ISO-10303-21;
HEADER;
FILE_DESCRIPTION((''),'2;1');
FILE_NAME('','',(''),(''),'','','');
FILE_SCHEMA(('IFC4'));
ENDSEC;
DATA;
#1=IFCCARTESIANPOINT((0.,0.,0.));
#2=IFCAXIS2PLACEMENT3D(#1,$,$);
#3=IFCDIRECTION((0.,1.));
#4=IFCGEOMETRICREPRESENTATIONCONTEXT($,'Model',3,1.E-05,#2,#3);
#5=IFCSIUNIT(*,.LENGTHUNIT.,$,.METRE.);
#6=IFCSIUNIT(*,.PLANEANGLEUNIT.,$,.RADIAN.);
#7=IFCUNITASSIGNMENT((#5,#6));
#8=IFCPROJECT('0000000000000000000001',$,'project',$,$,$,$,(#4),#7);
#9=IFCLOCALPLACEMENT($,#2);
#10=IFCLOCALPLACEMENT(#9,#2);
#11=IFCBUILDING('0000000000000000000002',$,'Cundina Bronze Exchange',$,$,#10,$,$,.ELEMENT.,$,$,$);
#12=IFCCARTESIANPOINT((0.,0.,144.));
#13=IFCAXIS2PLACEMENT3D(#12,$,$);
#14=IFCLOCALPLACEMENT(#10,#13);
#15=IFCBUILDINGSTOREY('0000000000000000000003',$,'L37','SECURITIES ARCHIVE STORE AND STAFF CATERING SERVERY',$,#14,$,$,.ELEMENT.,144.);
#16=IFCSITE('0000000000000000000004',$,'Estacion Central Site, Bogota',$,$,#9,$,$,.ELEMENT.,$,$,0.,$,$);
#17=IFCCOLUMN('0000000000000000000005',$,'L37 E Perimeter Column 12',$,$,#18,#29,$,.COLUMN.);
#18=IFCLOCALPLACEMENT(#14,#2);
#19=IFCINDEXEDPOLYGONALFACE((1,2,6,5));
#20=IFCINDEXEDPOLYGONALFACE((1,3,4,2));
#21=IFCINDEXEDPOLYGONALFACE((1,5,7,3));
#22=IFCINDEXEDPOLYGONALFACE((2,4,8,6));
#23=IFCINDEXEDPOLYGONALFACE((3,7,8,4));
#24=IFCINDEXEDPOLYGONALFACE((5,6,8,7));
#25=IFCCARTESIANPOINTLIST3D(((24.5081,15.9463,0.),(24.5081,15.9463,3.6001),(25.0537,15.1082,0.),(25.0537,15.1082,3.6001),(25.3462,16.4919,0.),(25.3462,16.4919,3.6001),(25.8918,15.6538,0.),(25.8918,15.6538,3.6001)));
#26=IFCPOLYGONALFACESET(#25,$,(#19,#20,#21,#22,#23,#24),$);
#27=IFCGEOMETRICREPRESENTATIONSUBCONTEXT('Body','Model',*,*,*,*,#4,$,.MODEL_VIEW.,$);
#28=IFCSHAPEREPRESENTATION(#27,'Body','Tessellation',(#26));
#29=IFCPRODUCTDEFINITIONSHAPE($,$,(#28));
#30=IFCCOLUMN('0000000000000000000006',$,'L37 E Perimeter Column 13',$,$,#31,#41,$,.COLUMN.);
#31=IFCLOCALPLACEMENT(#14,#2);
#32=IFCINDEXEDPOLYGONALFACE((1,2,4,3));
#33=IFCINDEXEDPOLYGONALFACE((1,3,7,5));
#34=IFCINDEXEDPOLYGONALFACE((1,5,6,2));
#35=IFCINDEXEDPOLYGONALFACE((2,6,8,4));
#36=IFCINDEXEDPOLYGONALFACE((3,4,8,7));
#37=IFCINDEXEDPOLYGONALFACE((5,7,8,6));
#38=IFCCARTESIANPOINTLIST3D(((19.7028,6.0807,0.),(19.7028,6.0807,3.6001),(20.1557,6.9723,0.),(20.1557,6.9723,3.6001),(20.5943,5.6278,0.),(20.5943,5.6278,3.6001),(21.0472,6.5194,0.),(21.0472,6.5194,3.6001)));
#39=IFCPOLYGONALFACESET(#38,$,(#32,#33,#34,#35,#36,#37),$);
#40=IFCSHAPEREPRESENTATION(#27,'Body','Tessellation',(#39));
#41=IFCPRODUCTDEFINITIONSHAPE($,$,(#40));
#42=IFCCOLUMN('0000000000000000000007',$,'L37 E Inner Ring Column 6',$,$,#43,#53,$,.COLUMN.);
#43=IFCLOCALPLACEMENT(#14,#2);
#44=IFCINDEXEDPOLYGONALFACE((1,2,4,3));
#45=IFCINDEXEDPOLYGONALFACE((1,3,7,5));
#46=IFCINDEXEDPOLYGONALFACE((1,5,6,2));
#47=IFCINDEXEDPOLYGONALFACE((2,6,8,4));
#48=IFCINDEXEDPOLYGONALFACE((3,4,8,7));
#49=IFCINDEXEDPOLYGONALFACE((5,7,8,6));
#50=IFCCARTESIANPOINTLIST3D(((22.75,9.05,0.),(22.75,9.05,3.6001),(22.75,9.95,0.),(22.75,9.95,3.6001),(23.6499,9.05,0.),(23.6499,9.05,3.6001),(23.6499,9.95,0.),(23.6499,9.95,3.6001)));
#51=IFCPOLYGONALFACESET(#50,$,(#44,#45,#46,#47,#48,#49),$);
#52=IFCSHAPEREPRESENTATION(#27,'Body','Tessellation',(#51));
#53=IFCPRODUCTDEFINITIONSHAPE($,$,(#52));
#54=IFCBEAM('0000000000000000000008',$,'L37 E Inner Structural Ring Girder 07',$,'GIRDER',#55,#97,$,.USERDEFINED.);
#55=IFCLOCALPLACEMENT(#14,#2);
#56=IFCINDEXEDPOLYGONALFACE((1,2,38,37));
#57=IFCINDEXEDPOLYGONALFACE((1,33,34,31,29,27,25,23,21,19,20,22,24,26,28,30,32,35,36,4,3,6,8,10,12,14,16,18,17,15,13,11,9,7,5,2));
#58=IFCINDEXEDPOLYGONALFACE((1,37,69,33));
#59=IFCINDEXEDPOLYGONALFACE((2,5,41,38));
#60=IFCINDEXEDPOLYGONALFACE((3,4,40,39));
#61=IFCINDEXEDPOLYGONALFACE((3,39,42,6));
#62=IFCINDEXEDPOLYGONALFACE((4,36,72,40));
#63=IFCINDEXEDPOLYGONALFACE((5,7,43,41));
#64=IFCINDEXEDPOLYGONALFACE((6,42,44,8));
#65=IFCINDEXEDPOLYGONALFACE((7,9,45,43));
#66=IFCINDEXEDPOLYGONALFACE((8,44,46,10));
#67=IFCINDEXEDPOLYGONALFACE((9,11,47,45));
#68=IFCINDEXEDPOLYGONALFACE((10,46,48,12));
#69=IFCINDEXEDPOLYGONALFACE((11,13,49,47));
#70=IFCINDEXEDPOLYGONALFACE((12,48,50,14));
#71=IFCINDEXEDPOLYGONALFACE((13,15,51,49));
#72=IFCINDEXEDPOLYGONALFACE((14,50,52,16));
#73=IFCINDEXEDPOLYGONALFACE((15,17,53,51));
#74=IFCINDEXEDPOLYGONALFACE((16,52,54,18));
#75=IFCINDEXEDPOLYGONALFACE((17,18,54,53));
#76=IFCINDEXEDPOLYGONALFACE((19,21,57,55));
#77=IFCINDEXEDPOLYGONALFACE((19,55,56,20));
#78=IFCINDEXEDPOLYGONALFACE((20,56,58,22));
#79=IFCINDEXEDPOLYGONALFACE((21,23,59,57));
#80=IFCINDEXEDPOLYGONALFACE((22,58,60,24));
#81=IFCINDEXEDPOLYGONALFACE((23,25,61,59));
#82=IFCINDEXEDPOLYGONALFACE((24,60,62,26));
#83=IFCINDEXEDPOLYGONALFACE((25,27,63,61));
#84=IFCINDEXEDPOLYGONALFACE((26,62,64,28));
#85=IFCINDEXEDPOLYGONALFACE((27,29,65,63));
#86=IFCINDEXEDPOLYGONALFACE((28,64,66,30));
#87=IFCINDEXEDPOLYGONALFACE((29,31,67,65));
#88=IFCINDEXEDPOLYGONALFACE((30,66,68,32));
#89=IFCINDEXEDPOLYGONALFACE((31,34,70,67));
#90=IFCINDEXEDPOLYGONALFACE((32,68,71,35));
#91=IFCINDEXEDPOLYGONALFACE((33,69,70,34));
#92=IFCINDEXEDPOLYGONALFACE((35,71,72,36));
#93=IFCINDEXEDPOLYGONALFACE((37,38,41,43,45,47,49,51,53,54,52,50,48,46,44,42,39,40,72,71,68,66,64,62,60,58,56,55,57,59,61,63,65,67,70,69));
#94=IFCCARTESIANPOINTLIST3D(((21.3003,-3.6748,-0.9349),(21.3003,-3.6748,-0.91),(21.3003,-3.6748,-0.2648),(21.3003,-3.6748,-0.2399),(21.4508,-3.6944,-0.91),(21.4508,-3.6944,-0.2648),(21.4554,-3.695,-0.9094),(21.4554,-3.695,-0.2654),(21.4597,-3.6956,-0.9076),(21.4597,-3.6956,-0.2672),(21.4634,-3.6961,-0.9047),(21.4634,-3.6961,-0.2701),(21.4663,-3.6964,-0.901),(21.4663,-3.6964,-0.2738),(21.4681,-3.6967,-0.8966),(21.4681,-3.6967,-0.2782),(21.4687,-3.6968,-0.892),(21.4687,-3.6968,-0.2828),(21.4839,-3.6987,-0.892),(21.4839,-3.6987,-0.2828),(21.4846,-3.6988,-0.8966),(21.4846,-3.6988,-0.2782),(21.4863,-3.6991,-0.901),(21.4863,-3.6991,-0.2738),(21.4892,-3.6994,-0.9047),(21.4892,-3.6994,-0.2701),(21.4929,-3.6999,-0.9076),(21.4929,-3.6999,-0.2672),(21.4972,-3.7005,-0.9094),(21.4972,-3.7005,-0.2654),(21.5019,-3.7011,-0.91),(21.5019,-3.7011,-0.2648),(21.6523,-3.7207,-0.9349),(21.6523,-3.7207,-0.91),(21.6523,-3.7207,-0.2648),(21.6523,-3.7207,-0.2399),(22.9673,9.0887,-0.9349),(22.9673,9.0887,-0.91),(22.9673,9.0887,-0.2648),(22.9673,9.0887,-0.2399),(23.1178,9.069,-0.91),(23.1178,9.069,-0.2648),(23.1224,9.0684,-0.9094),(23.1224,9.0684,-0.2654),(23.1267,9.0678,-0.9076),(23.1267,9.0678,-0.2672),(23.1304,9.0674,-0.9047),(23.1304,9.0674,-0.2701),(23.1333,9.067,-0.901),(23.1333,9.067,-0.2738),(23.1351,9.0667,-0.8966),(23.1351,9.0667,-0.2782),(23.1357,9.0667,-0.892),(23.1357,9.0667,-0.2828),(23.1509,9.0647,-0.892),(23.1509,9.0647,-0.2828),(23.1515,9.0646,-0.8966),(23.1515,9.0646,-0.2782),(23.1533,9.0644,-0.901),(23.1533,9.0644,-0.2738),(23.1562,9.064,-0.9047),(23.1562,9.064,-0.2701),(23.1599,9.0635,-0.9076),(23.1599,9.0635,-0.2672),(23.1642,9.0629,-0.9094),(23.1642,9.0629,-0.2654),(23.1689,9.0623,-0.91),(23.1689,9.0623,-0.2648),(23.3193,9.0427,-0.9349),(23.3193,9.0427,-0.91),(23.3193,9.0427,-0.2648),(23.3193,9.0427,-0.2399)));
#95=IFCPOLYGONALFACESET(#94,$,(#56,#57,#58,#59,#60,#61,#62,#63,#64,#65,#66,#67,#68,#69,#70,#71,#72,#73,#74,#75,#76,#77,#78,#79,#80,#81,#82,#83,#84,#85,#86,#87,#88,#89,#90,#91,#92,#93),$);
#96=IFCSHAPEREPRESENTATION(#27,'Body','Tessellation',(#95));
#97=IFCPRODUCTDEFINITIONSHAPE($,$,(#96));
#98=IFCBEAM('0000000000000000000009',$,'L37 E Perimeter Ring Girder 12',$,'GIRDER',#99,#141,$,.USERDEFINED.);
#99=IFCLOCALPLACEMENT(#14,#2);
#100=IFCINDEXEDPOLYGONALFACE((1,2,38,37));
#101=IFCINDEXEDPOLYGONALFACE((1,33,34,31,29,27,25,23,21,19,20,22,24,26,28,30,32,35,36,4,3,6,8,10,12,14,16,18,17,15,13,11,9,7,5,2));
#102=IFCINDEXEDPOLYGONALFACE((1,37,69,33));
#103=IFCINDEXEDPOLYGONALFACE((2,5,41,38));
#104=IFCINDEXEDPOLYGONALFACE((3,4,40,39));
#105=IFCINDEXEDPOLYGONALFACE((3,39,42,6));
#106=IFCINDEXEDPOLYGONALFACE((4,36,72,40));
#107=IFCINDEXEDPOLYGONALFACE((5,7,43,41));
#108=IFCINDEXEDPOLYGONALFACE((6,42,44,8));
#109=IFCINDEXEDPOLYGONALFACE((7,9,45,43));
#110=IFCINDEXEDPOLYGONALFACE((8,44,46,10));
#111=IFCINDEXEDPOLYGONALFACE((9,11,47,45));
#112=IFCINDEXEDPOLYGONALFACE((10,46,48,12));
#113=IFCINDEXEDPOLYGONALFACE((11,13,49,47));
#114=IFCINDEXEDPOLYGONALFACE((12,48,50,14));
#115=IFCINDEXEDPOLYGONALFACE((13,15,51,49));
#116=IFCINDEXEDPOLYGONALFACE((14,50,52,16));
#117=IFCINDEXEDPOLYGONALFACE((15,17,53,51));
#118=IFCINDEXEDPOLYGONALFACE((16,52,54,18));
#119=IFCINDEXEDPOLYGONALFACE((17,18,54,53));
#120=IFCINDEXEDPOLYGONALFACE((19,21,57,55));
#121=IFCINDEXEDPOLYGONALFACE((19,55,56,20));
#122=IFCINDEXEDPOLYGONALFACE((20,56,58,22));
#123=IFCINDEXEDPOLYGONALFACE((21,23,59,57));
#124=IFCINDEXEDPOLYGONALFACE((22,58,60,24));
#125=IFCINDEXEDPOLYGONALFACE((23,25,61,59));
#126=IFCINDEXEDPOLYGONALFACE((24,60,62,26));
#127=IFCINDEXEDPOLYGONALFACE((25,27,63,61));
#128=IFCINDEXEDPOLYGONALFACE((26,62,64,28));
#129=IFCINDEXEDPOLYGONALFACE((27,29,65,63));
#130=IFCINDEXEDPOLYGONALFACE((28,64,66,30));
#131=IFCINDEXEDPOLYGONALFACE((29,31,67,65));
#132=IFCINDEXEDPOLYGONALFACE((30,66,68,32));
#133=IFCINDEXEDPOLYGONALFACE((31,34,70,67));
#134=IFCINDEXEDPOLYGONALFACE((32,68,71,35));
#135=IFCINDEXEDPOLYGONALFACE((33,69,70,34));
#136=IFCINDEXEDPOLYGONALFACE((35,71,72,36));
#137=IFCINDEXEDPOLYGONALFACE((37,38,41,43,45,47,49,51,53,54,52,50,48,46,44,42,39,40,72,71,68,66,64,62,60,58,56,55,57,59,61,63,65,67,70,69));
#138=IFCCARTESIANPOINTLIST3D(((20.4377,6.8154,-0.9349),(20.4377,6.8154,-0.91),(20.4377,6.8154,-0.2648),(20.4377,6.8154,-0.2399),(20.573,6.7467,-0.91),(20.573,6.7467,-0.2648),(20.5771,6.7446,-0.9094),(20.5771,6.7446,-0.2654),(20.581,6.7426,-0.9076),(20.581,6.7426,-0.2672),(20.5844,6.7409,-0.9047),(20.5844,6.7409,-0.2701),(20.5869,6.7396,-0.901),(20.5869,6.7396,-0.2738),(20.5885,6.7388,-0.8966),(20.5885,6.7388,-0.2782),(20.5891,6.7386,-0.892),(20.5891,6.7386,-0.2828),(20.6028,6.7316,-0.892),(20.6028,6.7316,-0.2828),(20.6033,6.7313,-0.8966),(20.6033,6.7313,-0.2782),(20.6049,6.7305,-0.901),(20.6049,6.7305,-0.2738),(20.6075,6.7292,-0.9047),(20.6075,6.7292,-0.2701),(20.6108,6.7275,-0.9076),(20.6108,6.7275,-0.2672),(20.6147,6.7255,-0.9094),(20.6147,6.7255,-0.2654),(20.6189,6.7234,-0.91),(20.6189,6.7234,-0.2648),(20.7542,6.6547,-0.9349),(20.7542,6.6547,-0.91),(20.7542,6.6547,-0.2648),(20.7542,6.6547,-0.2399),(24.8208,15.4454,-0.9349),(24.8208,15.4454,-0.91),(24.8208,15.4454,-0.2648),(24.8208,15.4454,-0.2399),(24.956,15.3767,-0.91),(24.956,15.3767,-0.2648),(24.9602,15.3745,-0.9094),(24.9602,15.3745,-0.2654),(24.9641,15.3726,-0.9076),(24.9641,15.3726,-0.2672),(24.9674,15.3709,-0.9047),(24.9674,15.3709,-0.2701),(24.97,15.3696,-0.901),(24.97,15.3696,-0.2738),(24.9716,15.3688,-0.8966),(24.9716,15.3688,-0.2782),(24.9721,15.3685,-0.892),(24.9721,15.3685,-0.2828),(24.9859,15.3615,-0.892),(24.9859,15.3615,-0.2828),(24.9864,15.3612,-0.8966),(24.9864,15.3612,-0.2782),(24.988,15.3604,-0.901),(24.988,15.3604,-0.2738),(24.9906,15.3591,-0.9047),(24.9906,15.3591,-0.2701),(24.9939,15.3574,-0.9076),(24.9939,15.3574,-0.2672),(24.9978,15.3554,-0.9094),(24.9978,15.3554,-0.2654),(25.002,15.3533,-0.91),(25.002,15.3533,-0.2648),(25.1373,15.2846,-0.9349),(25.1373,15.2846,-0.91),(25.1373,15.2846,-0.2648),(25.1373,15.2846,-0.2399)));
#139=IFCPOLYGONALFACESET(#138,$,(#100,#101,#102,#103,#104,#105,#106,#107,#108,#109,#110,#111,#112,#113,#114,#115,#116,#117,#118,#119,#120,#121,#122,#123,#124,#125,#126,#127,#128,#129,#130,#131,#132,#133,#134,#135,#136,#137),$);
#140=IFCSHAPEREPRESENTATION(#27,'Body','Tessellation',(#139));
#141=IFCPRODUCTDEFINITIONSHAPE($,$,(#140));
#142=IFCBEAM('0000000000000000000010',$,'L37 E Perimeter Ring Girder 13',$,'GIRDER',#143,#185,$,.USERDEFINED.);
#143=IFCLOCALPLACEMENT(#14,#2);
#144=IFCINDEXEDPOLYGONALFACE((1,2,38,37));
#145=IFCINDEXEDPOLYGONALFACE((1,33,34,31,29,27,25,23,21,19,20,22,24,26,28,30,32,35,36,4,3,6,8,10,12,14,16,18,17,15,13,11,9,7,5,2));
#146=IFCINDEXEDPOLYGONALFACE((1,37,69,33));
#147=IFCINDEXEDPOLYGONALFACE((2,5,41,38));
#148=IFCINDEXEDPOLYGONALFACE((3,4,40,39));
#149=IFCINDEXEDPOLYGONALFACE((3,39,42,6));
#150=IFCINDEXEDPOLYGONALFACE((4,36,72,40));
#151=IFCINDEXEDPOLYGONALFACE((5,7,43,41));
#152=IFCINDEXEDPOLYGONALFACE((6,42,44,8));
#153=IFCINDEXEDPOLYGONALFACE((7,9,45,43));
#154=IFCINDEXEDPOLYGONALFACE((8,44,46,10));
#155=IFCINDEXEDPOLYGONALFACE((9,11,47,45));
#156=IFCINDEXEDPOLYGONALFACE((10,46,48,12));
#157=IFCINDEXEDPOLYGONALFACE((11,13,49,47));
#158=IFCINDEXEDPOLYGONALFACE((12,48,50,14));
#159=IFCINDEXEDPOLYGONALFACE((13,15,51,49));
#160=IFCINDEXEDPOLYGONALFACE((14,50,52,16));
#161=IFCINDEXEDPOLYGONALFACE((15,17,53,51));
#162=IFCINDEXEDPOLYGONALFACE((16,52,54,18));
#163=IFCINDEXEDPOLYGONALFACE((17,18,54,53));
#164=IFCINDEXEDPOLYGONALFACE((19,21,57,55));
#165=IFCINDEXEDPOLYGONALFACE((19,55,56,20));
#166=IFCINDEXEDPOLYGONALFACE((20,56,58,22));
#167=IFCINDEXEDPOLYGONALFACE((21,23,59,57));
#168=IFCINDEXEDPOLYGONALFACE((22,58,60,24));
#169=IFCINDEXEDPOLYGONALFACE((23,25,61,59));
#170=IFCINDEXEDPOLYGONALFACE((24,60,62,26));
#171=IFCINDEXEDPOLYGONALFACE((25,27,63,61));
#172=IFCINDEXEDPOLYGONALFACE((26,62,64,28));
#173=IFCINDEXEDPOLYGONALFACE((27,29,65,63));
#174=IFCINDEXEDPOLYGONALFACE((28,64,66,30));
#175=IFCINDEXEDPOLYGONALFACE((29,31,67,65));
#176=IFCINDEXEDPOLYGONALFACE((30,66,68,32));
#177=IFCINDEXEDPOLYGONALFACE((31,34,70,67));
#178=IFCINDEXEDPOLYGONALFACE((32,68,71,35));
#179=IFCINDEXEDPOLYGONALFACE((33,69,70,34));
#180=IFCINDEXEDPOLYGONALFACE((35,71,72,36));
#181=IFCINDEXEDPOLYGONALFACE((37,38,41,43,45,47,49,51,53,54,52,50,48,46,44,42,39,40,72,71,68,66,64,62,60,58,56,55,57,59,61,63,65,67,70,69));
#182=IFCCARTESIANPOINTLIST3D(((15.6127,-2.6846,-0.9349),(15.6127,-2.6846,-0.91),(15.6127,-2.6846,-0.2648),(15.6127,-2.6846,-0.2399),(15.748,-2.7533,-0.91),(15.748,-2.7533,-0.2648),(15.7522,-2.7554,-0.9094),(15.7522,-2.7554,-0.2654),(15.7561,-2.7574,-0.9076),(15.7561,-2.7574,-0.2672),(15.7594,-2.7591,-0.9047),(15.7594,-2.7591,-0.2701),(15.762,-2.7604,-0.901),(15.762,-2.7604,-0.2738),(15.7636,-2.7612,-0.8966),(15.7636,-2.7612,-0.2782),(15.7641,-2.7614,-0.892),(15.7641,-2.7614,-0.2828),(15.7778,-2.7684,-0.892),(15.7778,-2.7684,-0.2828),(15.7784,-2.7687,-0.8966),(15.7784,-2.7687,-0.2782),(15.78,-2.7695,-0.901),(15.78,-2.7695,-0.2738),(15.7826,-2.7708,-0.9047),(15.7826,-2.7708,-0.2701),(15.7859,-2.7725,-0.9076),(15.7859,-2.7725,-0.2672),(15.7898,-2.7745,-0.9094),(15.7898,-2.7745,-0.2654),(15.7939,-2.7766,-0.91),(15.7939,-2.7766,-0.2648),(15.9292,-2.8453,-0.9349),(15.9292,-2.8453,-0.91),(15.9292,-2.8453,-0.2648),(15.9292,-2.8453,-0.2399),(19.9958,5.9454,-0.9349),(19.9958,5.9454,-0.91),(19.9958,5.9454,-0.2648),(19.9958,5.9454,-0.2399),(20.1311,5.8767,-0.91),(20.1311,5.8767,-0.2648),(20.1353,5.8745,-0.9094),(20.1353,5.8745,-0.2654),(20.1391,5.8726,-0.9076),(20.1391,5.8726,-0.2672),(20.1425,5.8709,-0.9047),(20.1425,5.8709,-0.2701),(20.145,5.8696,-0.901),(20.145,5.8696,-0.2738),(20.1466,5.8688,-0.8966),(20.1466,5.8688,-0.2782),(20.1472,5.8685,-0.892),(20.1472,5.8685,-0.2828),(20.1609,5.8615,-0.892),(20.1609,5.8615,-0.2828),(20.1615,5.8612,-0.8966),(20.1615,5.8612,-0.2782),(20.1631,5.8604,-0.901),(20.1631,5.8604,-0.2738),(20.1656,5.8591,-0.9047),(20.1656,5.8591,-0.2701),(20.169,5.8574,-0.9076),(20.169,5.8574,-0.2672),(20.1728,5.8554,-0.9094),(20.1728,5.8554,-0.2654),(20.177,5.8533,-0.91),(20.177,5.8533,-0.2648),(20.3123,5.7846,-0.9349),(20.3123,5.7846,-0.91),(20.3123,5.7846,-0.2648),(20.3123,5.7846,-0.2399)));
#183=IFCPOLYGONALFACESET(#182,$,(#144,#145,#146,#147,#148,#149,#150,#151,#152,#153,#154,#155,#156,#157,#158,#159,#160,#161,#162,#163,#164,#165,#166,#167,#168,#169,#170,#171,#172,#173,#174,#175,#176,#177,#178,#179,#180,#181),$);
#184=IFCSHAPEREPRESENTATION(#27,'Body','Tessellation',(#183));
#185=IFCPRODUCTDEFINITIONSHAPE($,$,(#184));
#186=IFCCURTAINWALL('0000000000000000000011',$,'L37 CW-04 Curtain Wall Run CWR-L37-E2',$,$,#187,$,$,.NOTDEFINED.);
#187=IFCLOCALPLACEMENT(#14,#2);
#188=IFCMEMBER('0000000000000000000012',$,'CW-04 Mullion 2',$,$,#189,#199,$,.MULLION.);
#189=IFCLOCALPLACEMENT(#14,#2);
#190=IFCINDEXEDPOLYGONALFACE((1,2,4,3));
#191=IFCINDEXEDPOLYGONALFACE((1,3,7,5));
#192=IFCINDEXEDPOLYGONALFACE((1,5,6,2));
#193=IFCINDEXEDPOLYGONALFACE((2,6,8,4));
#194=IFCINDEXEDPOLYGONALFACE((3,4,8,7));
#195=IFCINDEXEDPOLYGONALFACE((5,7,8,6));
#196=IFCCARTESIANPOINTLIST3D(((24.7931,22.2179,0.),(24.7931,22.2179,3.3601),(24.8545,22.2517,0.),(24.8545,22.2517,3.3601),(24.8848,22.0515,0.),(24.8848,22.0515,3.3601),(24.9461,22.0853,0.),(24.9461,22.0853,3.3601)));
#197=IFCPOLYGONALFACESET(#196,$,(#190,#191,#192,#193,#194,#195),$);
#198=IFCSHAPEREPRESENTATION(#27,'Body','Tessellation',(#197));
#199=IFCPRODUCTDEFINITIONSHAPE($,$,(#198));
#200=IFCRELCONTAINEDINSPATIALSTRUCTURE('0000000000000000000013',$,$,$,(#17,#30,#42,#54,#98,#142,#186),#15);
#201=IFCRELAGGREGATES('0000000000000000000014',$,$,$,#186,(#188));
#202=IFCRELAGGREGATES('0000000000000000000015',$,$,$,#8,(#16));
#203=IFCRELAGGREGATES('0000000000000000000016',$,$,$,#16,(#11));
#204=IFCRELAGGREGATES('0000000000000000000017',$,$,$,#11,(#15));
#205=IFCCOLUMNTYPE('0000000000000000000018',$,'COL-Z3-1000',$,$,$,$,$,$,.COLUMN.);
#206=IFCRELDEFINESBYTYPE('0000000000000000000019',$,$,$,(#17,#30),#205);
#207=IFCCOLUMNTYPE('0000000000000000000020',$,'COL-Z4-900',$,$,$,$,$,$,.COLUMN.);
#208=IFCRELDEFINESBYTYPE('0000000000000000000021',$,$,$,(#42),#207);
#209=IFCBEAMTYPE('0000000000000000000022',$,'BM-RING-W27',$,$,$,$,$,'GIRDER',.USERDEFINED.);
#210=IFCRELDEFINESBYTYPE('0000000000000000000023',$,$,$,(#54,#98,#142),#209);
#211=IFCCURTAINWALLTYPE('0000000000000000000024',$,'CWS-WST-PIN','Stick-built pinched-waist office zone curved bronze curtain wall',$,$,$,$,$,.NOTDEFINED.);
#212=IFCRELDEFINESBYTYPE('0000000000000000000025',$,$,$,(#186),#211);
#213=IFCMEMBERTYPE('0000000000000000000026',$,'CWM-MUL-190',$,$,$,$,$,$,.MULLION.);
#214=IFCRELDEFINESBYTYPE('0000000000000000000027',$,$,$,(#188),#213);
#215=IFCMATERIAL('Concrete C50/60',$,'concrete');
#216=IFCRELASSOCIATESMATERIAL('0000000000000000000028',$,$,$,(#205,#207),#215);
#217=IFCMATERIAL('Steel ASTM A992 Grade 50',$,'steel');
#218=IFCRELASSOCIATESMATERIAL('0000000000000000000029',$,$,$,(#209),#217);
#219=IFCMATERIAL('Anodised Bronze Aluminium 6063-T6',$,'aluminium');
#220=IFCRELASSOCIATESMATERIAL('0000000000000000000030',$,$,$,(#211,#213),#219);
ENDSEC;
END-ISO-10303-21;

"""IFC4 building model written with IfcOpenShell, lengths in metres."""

from ifc_helpers import new_model, si_unit, direction, frame, origin, origin_2d, place, context, subcontext, project, spatial, rectangle, i_section, extrude, material, material_profile, profile_set, type_object, element, aggregate, save


model = new_model("IFC4")

# Units and contexts
model_context = context("Model", 3, precision=1e-05, world=origin(), true_north=direction((0.0, 1.0)))
body_context = subcontext(model_context, "Body", "Model", "MODEL_VIEW")
ifc_project = project(units=[si_unit("LENGTHUNIT", "METRE"), si_unit("PLANEANGLEUNIT", "RADIAN")], contexts=[model_context])

# Site, building, storey
site_placement = place(None, origin())
site = spatial("IfcSite", under=ifc_project, at=site_placement, Name="Estacion Central Site, Bogota", CompositionType="ELEMENT", RefElevation=0.0)
building_placement = place(site_placement, origin())
building = spatial("IfcBuilding", under=site, at=building_placement, Name="Cundina Bronze Exchange", CompositionType="ELEMENT")
storey_placement = place(building_placement, frame((0.0, 0.0, 144.0)))
storey = spatial("IfcBuildingStorey", under=building, at=storey_placement, Name="L37", Description="SECURITIES ARCHIVE STORE AND STAFF CATERING SERVERY", CompositionType="ELEMENT", Elevation=144.0)

# Columns
ifc_material_1 = material(Name="Concrete C50/60", Category="concrete")
ifc_material_profile_1 = material_profile(ifc_material_1, rectangle(XDim=1.0, YDim=1.0, at=origin_2d()), Name="RC1000X1000", Category="concrete")
ifc_profile_set_1 = profile_set([ifc_material_profile_1], Name="Concrete C50/60")
column_type_1 = type_object("IfcColumnType", Name="COL-Z3-1000", PredefinedType="COLUMN", material=ifc_profile_set_1)
for number, where, z_axis, x_axis, name in (
    (1, (25.2, 15.8, 0.0), (0.0, 0.0, 1.0), (-0.8381, -0.545517, 0.0), "L37 E Perimeter Column 12"),
    (2, (20.375, 6.3, 0.0), (0.0, 0.0, 1.0), (-0.452902, -0.891561, 0.0), "L37 E Perimeter Column 13"),
):
    element("IfcColumn", number, at=place(storey_placement, frame(where, z_axis=z_axis, x_axis=x_axis)), inside=storey, type_object=column_type_1, Name=name, PredefinedType="COLUMN", context=body_context, shape_type="SweptSolid", body=[
        extrude(rectangle(XDim=1.0, YDim=1.0, at=origin_2d()), origin(), (0.0, 0.0, 1.0), 3.6001),
    ])
ifc_material_profile_2 = material_profile(ifc_material_1, rectangle(XDim=0.8999, YDim=0.8999, at=origin_2d()), Name="RC900X900", Category="concrete")
ifc_profile_set_2 = profile_set([ifc_material_profile_2], Name="Concrete C50/60")
column_type_2 = type_object("IfcColumnType", Name="COL-Z4-900", PredefinedType="COLUMN", material=ifc_profile_set_2)
column_placement = place(storey_placement, frame((23.2, 9.5, 0.0), z_axis=(0.0, 0.0, 1.0), x_axis=(1.0, 0.0, 0.0)))
element("IfcColumn", 3, at=column_placement, inside=storey, type_object=column_type_2, Name="L37 E Inner Ring Column 6", PredefinedType="COLUMN", context=body_context, shape_type="SweptSolid", body=[
    extrude(rectangle(XDim=0.8999, YDim=0.8999, at=origin_2d()), origin(), (0.0, 0.0, 1.0), 3.6001),
])

# Beams
ifc_material_2 = material(Name="Steel ASTM A992 Grade 50", Category="steel")
ifc_material_profile_3 = material_profile(ifc_material_2, i_section(OverallWidth=0.355, OverallDepth=0.6951, WebThickness=0.0154, FlangeThickness=0.0249, FilletRadius=0.0181, at=origin_2d()), Name="W27X146", Category="steel")
ifc_profile_set_3 = profile_set([ifc_material_profile_3], Name="Steel ASTM A992 Grade 50")
beam_type = type_object("IfcBeamType", Name="BM-RING-W27", ElementType="GIRDER", PredefinedType="USERDEFINED", material=ifc_profile_set_3)
beam_placement = place(storey_placement, frame((23.1433, 9.0657, -0.5874), z_axis=(-0.129507, -0.991579, 0.0), x_axis=(0.991579, -0.129507, 0.0)))
element("IfcBeam", 4, at=beam_placement, inside=storey, type_object=beam_type, Name="L37 E Inner Structural Ring Girder 07", ObjectType="GIRDER", PredefinedType="USERDEFINED", context=body_context, shape_type="SweptSolid", body=[
    extrude(i_section(OverallWidth=0.355, OverallDepth=0.6951, WebThickness=0.0154, FlangeThickness=0.0249, FilletRadius=0.0181, at=origin_2d()), origin(), (0.0, 0.0, 1.0), 12.8718),
])
for number, where, z_axis, x_axis, name in (
    (5, (24.979, 15.365, -0.5874), (-0.452835, -0.891595, 0.0), (0.891595, -0.452835, 0.0), "L37 E Perimeter Ring Girder 12"),
    (6, (20.1541, 5.865, -0.5874), (-0.452835, -0.891595, 0.0), (0.891595, -0.452835, 0.0), "L37 E Perimeter Ring Girder 13"),
):
    element("IfcBeam", number, at=place(storey_placement, frame(where, z_axis=z_axis, x_axis=x_axis)), inside=storey, type_object=beam_type, Name=name, ObjectType="GIRDER", PredefinedType="USERDEFINED", context=body_context, shape_type="SweptSolid", body=[
        extrude(i_section(OverallWidth=0.355, OverallDepth=0.6951, WebThickness=0.0154, FlangeThickness=0.0249, FilletRadius=0.0181, at=origin_2d()), origin(), (0.0, 0.0, 1.0), 9.6792),
    ])

# Curtain wall, member
ifc_material_3 = material(Name="Anodised Bronze Aluminium 6063-T6", Category="aluminium")
curtain_wall_type = type_object("IfcCurtainWallType", Name="CWS-WST-PIN", Description="Stick-built pinched-waist office zone curved bronze curtain wall", PredefinedType="NOTDEFINED", material=ifc_material_3)
curtain_wall_placement = place(storey_placement, origin())
curtain_wall = element("IfcCurtainWall", 7, at=curtain_wall_placement, inside=storey, type_object=curtain_wall_type, Name="L37 CW-04 Curtain Wall Run CWR-L37-E2", PredefinedType="NOTDEFINED")
ifc_material_profile_4 = material_profile(ifc_material_3, rectangle(XDim=0.0701, YDim=0.1899, at=origin_2d()), Name="AL70X190", Category="aluminium")
ifc_profile_set_4 = profile_set([ifc_material_profile_4], Name="Anodised Bronze Aluminium 6063-T6")
member_type_1 = type_object("IfcMemberType", Name="CWM-MUL-190", PredefinedType="MULLION", material=ifc_profile_set_4)
member_1_placement = place(storey_placement, frame((24.8696, 22.1516, 0.0), z_axis=(0.0, 0.0, 1.0), x_axis=(-0.875886, -0.482518, 0.0)))
member_1 = element("IfcMember", 8, at=member_1_placement, type_object=member_type_1, Name="CW-04 Mullion 2", PredefinedType="MULLION", context=body_context, shape_type="SweptSolid", body=[
    extrude(rectangle(XDim=0.0701, YDim=0.1899, at=origin_2d()), origin(), (0.0, 0.0, 1.0), 3.3601),
])
aggregate(curtain_wall, [member_1])

save(model, "model.ifc")
